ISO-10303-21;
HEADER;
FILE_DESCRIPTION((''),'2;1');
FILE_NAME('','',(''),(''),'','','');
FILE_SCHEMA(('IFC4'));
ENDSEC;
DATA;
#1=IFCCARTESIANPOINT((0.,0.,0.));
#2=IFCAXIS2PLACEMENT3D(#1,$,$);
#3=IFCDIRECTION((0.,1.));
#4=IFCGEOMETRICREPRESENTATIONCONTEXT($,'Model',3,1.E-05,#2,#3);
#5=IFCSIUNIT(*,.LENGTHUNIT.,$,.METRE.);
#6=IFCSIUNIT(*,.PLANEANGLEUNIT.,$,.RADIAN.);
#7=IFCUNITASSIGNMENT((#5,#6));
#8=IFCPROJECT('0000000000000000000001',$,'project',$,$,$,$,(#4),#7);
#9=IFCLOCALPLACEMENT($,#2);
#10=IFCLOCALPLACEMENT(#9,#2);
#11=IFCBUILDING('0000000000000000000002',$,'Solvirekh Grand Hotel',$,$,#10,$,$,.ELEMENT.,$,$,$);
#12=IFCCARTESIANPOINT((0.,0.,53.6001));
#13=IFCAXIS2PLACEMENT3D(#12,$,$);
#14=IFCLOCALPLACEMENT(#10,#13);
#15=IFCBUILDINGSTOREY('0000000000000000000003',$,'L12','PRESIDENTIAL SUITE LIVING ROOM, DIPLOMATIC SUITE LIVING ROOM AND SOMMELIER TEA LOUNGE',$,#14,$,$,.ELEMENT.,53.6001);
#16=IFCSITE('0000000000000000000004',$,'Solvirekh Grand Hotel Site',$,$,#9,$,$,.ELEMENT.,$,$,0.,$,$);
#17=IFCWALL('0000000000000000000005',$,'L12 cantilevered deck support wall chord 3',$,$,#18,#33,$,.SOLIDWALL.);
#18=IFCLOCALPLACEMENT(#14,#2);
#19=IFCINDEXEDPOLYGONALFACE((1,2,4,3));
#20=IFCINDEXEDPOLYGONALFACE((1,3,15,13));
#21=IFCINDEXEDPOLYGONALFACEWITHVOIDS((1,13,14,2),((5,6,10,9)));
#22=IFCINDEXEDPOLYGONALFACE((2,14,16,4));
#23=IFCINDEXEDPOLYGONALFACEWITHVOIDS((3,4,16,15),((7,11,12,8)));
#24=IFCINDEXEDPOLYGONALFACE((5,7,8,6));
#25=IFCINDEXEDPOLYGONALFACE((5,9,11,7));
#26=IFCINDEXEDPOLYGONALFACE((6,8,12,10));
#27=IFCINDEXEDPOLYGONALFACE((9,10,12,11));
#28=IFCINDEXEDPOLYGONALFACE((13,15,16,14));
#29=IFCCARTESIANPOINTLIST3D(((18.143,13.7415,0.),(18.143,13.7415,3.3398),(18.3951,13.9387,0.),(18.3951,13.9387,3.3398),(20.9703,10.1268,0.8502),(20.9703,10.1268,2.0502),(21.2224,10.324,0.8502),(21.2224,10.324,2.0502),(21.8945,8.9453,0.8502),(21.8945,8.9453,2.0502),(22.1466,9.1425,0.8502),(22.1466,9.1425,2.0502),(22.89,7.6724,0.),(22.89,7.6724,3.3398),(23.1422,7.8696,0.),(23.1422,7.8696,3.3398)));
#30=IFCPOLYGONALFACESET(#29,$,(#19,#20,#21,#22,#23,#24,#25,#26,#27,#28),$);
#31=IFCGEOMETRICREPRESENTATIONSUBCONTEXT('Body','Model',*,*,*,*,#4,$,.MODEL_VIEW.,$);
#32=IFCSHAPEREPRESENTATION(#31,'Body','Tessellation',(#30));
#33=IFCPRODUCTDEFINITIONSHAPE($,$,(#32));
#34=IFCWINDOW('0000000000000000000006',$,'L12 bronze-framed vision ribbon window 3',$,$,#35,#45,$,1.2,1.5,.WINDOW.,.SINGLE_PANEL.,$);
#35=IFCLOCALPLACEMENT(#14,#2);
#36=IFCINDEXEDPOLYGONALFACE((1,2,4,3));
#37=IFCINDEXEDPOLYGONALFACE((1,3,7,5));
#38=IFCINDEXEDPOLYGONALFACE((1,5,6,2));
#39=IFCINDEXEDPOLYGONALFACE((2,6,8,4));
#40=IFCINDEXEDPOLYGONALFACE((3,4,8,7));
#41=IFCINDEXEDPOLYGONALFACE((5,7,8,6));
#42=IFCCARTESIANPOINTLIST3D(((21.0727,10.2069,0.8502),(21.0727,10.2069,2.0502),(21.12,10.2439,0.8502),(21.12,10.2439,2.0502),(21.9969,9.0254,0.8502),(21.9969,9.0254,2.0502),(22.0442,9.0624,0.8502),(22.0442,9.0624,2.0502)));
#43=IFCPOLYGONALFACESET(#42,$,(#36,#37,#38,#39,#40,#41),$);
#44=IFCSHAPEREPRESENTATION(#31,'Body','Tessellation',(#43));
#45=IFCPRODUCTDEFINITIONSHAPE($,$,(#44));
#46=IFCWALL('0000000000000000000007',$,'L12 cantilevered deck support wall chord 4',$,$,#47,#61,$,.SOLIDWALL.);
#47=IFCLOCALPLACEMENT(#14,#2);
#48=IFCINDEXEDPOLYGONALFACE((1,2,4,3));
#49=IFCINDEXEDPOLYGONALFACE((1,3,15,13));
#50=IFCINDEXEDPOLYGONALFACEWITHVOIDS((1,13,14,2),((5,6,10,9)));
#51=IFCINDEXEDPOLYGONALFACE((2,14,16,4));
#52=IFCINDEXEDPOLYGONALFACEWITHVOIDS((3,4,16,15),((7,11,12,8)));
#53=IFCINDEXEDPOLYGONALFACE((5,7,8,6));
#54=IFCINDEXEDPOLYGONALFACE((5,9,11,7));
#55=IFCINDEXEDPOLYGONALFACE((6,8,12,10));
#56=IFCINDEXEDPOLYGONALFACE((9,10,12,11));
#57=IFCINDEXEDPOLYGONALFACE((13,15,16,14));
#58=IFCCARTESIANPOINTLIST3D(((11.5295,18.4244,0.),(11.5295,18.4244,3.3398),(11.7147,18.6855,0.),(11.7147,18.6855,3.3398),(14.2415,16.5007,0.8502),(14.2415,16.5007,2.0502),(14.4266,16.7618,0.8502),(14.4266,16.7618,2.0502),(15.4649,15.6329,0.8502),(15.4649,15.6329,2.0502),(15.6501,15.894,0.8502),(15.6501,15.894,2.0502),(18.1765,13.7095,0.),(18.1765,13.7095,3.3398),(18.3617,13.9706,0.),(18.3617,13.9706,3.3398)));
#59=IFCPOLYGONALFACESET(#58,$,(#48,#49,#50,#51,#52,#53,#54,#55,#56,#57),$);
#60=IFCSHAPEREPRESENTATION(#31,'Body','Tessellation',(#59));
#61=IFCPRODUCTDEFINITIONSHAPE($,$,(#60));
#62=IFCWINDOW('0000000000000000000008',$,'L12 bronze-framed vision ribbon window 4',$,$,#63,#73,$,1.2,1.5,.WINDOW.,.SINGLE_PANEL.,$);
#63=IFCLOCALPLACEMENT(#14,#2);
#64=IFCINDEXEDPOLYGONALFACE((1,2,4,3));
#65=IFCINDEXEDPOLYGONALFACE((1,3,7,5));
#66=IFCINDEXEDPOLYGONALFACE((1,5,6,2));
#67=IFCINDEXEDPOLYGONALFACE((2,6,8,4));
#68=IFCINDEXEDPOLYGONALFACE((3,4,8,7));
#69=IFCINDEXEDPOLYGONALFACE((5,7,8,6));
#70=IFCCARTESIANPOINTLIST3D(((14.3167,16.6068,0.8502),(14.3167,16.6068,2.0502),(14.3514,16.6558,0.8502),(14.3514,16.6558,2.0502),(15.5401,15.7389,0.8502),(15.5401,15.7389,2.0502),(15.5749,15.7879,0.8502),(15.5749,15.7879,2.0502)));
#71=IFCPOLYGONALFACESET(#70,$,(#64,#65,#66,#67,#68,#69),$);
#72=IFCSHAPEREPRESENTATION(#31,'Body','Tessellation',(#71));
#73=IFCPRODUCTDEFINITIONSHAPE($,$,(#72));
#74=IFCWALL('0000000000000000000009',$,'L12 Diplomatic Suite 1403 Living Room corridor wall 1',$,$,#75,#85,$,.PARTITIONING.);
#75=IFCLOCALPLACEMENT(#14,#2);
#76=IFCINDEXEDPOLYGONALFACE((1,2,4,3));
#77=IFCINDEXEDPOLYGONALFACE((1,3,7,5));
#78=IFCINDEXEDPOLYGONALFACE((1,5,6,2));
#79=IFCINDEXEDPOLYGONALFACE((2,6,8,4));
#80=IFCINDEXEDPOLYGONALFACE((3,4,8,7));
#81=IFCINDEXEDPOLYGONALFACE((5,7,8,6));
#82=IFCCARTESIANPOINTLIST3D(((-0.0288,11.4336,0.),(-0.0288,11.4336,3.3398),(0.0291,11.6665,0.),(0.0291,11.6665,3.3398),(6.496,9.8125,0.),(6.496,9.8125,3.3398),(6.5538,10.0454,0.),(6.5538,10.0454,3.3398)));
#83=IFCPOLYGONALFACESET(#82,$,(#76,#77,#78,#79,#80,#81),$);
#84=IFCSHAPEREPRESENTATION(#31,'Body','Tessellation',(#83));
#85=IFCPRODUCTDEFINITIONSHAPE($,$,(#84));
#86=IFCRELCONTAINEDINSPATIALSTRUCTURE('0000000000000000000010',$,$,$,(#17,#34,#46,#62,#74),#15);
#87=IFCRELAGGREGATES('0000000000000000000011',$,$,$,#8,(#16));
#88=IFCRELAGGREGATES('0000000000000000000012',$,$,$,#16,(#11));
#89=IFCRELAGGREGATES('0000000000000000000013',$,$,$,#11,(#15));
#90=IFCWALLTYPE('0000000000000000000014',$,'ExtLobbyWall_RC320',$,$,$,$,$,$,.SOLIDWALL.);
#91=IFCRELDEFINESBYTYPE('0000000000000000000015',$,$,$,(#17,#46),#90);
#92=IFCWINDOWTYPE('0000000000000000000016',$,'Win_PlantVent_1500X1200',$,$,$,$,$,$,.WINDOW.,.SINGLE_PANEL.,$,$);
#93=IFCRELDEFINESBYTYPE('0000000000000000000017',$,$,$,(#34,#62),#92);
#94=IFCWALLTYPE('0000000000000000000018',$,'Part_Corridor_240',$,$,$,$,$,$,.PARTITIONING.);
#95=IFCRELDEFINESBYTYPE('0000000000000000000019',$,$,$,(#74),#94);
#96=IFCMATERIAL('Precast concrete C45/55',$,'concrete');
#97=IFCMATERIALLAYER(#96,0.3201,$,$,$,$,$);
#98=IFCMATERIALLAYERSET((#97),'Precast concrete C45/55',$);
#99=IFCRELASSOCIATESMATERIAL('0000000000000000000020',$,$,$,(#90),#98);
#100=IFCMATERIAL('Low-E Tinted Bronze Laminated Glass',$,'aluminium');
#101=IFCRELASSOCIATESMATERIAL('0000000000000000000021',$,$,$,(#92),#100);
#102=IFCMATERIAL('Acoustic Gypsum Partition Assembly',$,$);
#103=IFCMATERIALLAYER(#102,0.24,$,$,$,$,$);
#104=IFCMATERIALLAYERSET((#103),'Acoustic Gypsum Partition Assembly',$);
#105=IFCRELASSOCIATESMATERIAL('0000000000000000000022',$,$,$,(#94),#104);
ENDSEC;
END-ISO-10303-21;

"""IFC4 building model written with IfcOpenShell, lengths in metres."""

from ifc_helpers import new_model, si_unit, direction, frame, frame_2d, origin, place, context, subcontext, project, spatial, rectangle, extrude, material, layer, layer_set, type_object, element, fill, save


model = new_model("IFC4")

# Units and contexts
model_context = context("Model", 3, precision=1e-05, world=origin(), true_north=direction((0.0, 1.0)))
body_context = subcontext(model_context, "Body", "Model", "MODEL_VIEW")
ifc_project = project(units=[si_unit("LENGTHUNIT", "METRE"), si_unit("PLANEANGLEUNIT", "RADIAN")], contexts=[model_context])

# Site, building, storey
site_placement = place(None, origin())
site = spatial("IfcSite", under=ifc_project, at=site_placement, Name="Solvirekh Grand Hotel Site", CompositionType="ELEMENT", RefElevation=0.0)
building_placement = place(site_placement, origin())
building = spatial("IfcBuilding", under=site, at=building_placement, Name="Solvirekh Grand Hotel", CompositionType="ELEMENT")
storey_placement = place(building_placement, frame((0.0, 0.0, 53.6001)))
storey = spatial("IfcBuildingStorey", under=building, at=storey_placement, Name="L12", Description="PRESIDENTIAL SUITE LIVING ROOM, DIPLOMATIC SUITE LIVING ROOM AND SOMMELIER TEA LOUNGE", CompositionType="ELEMENT", Elevation=53.6001)

# Shared definitions
ifc_material_1 = material(Name="Low-E Tinted Bronze Laminated Glass", Category="aluminium")

# Walls, openings, windows
ifc_material_2 = material(Name="Precast concrete C45/55", Category="concrete")
ifc_layer_1 = layer(ifc_material_2, 0.3201)
ifc_layer_set_1 = layer_set([ifc_layer_1], Name="Precast concrete C45/55")
wall_type_1 = type_object("IfcWallType", Name="ExtLobbyWall_RC320", PredefinedType="SOLIDWALL", material=ifc_layer_set_1)
wall_1_placement = place(storey_placement, frame((18.269, 13.8401, 0.0), z_axis=(0.0, 0.0, 1.0), x_axis=(0.616095, -0.787672, 0.0)))
wall_1 = element("IfcWall", 1, at=wall_1_placement, inside=storey, type_object=wall_type_1, Name="L12 cantilevered deck support wall chord 3", PredefinedType="SOLIDWALL", context=body_context, shape_type="SweptSolid", body=[
    extrude(rectangle(XDim=7.7051, YDim=0.3201, at=frame_2d((3.8525, 0.0))), origin(), (0.0, 0.0, 1.0), 3.3398),
])
opening_1_placement = place(wall_1_placement, frame((4.5891, 0.0, 0.8501)))
opening_1 = element("IfcOpeningElement", 2, at=opening_1_placement, cuts=wall_1, PredefinedType="OPENING", context=body_context, shape_type="SweptSolid", body=[
    extrude(rectangle(XDim=1.5, YDim=1.2, at=frame_2d((0.75, 0.6001))), frame((0.0, 0.1699, 0.0), z_axis=(0.0, -1.0, 0.0), x_axis=(1.0, 0.0, 0.0)), (0.0, 0.0, 1.0), 0.3401),
])
window_type = type_object("IfcWindowType", Name="Win_PlantVent_1500X1200", PartitioningType="SINGLE_PANEL", PredefinedType="WINDOW", material=ifc_material_1)
window_1_placement = place(opening_1_placement, origin())
window_1 = element("IfcWindow", 3, at=window_1_placement, inside=storey, type_object=window_type, Name="L12 bronze-framed vision ribbon window 3", OverallHeight=1.2, OverallWidth=1.5, PartitioningType="SINGLE_PANEL", PredefinedType="WINDOW", context=body_context, shape_type="SweptSolid", body=[
    extrude(rectangle(XDim=1.5, YDim=1.2, at=frame_2d((0.75, 0.6001))), frame((0.0, 0.03, 0.0), z_axis=(0.0, -1.0, 0.0), x_axis=(1.0, 0.0, 0.0)), (0.0, 0.0, 1.0), 0.0601),
])
fill(opening_1, window_1)
wall_2_placement = place(storey_placement, frame((11.6221, 18.5549, 0.0), z_axis=(0.0, 0.0, 1.0), x_axis=(0.815644, -0.578554, 0.0)))
wall_2 = element("IfcWall", 4, at=wall_2_placement, inside=storey, type_object=wall_type_1, Name="L12 cantilevered deck support wall chord 4", PredefinedType="SOLIDWALL", context=body_context, shape_type="SweptSolid", body=[
    extrude(rectangle(XDim=8.1494, YDim=0.3201, at=frame_2d((4.0747, 0.0))), origin(), (0.0, 0.0, 1.0), 3.3398),
])
opening_2_placement = place(wall_2_placement, frame((3.325, 0.0, 0.8501)))
opening_2 = element("IfcOpeningElement", 5, at=opening_2_placement, cuts=wall_2, PredefinedType="OPENING", context=body_context, shape_type="SweptSolid", body=[
    extrude(rectangle(XDim=1.5, YDim=1.2, at=frame_2d((0.75, 0.6001))), frame((0.0, 0.1699, 0.0), z_axis=(0.0, -1.0, 0.0), x_axis=(1.0, 0.0, 0.0)), (0.0, 0.0, 1.0), 0.3401),
])
window_2_placement = place(opening_2_placement, origin())
window_2 = element("IfcWindow", 6, at=window_2_placement, inside=storey, type_object=window_type, Name="L12 bronze-framed vision ribbon window 4", OverallHeight=1.2, OverallWidth=1.5, PartitioningType="SINGLE_PANEL", PredefinedType="WINDOW", context=body_context, shape_type="SweptSolid", body=[
    extrude(rectangle(XDim=1.5, YDim=1.2, at=frame_2d((0.75, 0.6001))), frame((0.0, 0.03, 0.0), z_axis=(0.0, -1.0, 0.0), x_axis=(1.0, 0.0, 0.0)), (0.0, 0.0, 1.0), 0.0601),
])
fill(opening_2, window_2)

# Wall
ifc_material_3 = material(Name="Acoustic Gypsum Partition Assembly")
ifc_layer_2 = layer(ifc_material_3, 0.24)
ifc_layer_set_2 = layer_set([ifc_layer_2], Name="Acoustic Gypsum Partition Assembly")
wall_type_2 = type_object("IfcWallType", Name="Part_Corridor_240", PredefinedType="PARTITIONING", material=ifc_layer_set_2)
wall_3_placement = place(storey_placement, frame((6.5249, 9.929, 0.0), z_axis=(0.0, 0.0, 1.0), x_axis=(-0.970496, 0.241117, 0.0)))
element("IfcWall", 7, at=wall_3_placement, inside=storey, type_object=wall_type_2, Name="L12 Diplomatic Suite 1403 Living Room corridor wall 1", PredefinedType="PARTITIONING", context=body_context, shape_type="SweptSolid", body=[
    extrude(rectangle(XDim=6.7231, YDim=0.24, at=frame_2d((3.3616, 0.0))), origin(), (0.0, 0.0, 1.0), 3.3398),
])

save(model, "model.ifc")
